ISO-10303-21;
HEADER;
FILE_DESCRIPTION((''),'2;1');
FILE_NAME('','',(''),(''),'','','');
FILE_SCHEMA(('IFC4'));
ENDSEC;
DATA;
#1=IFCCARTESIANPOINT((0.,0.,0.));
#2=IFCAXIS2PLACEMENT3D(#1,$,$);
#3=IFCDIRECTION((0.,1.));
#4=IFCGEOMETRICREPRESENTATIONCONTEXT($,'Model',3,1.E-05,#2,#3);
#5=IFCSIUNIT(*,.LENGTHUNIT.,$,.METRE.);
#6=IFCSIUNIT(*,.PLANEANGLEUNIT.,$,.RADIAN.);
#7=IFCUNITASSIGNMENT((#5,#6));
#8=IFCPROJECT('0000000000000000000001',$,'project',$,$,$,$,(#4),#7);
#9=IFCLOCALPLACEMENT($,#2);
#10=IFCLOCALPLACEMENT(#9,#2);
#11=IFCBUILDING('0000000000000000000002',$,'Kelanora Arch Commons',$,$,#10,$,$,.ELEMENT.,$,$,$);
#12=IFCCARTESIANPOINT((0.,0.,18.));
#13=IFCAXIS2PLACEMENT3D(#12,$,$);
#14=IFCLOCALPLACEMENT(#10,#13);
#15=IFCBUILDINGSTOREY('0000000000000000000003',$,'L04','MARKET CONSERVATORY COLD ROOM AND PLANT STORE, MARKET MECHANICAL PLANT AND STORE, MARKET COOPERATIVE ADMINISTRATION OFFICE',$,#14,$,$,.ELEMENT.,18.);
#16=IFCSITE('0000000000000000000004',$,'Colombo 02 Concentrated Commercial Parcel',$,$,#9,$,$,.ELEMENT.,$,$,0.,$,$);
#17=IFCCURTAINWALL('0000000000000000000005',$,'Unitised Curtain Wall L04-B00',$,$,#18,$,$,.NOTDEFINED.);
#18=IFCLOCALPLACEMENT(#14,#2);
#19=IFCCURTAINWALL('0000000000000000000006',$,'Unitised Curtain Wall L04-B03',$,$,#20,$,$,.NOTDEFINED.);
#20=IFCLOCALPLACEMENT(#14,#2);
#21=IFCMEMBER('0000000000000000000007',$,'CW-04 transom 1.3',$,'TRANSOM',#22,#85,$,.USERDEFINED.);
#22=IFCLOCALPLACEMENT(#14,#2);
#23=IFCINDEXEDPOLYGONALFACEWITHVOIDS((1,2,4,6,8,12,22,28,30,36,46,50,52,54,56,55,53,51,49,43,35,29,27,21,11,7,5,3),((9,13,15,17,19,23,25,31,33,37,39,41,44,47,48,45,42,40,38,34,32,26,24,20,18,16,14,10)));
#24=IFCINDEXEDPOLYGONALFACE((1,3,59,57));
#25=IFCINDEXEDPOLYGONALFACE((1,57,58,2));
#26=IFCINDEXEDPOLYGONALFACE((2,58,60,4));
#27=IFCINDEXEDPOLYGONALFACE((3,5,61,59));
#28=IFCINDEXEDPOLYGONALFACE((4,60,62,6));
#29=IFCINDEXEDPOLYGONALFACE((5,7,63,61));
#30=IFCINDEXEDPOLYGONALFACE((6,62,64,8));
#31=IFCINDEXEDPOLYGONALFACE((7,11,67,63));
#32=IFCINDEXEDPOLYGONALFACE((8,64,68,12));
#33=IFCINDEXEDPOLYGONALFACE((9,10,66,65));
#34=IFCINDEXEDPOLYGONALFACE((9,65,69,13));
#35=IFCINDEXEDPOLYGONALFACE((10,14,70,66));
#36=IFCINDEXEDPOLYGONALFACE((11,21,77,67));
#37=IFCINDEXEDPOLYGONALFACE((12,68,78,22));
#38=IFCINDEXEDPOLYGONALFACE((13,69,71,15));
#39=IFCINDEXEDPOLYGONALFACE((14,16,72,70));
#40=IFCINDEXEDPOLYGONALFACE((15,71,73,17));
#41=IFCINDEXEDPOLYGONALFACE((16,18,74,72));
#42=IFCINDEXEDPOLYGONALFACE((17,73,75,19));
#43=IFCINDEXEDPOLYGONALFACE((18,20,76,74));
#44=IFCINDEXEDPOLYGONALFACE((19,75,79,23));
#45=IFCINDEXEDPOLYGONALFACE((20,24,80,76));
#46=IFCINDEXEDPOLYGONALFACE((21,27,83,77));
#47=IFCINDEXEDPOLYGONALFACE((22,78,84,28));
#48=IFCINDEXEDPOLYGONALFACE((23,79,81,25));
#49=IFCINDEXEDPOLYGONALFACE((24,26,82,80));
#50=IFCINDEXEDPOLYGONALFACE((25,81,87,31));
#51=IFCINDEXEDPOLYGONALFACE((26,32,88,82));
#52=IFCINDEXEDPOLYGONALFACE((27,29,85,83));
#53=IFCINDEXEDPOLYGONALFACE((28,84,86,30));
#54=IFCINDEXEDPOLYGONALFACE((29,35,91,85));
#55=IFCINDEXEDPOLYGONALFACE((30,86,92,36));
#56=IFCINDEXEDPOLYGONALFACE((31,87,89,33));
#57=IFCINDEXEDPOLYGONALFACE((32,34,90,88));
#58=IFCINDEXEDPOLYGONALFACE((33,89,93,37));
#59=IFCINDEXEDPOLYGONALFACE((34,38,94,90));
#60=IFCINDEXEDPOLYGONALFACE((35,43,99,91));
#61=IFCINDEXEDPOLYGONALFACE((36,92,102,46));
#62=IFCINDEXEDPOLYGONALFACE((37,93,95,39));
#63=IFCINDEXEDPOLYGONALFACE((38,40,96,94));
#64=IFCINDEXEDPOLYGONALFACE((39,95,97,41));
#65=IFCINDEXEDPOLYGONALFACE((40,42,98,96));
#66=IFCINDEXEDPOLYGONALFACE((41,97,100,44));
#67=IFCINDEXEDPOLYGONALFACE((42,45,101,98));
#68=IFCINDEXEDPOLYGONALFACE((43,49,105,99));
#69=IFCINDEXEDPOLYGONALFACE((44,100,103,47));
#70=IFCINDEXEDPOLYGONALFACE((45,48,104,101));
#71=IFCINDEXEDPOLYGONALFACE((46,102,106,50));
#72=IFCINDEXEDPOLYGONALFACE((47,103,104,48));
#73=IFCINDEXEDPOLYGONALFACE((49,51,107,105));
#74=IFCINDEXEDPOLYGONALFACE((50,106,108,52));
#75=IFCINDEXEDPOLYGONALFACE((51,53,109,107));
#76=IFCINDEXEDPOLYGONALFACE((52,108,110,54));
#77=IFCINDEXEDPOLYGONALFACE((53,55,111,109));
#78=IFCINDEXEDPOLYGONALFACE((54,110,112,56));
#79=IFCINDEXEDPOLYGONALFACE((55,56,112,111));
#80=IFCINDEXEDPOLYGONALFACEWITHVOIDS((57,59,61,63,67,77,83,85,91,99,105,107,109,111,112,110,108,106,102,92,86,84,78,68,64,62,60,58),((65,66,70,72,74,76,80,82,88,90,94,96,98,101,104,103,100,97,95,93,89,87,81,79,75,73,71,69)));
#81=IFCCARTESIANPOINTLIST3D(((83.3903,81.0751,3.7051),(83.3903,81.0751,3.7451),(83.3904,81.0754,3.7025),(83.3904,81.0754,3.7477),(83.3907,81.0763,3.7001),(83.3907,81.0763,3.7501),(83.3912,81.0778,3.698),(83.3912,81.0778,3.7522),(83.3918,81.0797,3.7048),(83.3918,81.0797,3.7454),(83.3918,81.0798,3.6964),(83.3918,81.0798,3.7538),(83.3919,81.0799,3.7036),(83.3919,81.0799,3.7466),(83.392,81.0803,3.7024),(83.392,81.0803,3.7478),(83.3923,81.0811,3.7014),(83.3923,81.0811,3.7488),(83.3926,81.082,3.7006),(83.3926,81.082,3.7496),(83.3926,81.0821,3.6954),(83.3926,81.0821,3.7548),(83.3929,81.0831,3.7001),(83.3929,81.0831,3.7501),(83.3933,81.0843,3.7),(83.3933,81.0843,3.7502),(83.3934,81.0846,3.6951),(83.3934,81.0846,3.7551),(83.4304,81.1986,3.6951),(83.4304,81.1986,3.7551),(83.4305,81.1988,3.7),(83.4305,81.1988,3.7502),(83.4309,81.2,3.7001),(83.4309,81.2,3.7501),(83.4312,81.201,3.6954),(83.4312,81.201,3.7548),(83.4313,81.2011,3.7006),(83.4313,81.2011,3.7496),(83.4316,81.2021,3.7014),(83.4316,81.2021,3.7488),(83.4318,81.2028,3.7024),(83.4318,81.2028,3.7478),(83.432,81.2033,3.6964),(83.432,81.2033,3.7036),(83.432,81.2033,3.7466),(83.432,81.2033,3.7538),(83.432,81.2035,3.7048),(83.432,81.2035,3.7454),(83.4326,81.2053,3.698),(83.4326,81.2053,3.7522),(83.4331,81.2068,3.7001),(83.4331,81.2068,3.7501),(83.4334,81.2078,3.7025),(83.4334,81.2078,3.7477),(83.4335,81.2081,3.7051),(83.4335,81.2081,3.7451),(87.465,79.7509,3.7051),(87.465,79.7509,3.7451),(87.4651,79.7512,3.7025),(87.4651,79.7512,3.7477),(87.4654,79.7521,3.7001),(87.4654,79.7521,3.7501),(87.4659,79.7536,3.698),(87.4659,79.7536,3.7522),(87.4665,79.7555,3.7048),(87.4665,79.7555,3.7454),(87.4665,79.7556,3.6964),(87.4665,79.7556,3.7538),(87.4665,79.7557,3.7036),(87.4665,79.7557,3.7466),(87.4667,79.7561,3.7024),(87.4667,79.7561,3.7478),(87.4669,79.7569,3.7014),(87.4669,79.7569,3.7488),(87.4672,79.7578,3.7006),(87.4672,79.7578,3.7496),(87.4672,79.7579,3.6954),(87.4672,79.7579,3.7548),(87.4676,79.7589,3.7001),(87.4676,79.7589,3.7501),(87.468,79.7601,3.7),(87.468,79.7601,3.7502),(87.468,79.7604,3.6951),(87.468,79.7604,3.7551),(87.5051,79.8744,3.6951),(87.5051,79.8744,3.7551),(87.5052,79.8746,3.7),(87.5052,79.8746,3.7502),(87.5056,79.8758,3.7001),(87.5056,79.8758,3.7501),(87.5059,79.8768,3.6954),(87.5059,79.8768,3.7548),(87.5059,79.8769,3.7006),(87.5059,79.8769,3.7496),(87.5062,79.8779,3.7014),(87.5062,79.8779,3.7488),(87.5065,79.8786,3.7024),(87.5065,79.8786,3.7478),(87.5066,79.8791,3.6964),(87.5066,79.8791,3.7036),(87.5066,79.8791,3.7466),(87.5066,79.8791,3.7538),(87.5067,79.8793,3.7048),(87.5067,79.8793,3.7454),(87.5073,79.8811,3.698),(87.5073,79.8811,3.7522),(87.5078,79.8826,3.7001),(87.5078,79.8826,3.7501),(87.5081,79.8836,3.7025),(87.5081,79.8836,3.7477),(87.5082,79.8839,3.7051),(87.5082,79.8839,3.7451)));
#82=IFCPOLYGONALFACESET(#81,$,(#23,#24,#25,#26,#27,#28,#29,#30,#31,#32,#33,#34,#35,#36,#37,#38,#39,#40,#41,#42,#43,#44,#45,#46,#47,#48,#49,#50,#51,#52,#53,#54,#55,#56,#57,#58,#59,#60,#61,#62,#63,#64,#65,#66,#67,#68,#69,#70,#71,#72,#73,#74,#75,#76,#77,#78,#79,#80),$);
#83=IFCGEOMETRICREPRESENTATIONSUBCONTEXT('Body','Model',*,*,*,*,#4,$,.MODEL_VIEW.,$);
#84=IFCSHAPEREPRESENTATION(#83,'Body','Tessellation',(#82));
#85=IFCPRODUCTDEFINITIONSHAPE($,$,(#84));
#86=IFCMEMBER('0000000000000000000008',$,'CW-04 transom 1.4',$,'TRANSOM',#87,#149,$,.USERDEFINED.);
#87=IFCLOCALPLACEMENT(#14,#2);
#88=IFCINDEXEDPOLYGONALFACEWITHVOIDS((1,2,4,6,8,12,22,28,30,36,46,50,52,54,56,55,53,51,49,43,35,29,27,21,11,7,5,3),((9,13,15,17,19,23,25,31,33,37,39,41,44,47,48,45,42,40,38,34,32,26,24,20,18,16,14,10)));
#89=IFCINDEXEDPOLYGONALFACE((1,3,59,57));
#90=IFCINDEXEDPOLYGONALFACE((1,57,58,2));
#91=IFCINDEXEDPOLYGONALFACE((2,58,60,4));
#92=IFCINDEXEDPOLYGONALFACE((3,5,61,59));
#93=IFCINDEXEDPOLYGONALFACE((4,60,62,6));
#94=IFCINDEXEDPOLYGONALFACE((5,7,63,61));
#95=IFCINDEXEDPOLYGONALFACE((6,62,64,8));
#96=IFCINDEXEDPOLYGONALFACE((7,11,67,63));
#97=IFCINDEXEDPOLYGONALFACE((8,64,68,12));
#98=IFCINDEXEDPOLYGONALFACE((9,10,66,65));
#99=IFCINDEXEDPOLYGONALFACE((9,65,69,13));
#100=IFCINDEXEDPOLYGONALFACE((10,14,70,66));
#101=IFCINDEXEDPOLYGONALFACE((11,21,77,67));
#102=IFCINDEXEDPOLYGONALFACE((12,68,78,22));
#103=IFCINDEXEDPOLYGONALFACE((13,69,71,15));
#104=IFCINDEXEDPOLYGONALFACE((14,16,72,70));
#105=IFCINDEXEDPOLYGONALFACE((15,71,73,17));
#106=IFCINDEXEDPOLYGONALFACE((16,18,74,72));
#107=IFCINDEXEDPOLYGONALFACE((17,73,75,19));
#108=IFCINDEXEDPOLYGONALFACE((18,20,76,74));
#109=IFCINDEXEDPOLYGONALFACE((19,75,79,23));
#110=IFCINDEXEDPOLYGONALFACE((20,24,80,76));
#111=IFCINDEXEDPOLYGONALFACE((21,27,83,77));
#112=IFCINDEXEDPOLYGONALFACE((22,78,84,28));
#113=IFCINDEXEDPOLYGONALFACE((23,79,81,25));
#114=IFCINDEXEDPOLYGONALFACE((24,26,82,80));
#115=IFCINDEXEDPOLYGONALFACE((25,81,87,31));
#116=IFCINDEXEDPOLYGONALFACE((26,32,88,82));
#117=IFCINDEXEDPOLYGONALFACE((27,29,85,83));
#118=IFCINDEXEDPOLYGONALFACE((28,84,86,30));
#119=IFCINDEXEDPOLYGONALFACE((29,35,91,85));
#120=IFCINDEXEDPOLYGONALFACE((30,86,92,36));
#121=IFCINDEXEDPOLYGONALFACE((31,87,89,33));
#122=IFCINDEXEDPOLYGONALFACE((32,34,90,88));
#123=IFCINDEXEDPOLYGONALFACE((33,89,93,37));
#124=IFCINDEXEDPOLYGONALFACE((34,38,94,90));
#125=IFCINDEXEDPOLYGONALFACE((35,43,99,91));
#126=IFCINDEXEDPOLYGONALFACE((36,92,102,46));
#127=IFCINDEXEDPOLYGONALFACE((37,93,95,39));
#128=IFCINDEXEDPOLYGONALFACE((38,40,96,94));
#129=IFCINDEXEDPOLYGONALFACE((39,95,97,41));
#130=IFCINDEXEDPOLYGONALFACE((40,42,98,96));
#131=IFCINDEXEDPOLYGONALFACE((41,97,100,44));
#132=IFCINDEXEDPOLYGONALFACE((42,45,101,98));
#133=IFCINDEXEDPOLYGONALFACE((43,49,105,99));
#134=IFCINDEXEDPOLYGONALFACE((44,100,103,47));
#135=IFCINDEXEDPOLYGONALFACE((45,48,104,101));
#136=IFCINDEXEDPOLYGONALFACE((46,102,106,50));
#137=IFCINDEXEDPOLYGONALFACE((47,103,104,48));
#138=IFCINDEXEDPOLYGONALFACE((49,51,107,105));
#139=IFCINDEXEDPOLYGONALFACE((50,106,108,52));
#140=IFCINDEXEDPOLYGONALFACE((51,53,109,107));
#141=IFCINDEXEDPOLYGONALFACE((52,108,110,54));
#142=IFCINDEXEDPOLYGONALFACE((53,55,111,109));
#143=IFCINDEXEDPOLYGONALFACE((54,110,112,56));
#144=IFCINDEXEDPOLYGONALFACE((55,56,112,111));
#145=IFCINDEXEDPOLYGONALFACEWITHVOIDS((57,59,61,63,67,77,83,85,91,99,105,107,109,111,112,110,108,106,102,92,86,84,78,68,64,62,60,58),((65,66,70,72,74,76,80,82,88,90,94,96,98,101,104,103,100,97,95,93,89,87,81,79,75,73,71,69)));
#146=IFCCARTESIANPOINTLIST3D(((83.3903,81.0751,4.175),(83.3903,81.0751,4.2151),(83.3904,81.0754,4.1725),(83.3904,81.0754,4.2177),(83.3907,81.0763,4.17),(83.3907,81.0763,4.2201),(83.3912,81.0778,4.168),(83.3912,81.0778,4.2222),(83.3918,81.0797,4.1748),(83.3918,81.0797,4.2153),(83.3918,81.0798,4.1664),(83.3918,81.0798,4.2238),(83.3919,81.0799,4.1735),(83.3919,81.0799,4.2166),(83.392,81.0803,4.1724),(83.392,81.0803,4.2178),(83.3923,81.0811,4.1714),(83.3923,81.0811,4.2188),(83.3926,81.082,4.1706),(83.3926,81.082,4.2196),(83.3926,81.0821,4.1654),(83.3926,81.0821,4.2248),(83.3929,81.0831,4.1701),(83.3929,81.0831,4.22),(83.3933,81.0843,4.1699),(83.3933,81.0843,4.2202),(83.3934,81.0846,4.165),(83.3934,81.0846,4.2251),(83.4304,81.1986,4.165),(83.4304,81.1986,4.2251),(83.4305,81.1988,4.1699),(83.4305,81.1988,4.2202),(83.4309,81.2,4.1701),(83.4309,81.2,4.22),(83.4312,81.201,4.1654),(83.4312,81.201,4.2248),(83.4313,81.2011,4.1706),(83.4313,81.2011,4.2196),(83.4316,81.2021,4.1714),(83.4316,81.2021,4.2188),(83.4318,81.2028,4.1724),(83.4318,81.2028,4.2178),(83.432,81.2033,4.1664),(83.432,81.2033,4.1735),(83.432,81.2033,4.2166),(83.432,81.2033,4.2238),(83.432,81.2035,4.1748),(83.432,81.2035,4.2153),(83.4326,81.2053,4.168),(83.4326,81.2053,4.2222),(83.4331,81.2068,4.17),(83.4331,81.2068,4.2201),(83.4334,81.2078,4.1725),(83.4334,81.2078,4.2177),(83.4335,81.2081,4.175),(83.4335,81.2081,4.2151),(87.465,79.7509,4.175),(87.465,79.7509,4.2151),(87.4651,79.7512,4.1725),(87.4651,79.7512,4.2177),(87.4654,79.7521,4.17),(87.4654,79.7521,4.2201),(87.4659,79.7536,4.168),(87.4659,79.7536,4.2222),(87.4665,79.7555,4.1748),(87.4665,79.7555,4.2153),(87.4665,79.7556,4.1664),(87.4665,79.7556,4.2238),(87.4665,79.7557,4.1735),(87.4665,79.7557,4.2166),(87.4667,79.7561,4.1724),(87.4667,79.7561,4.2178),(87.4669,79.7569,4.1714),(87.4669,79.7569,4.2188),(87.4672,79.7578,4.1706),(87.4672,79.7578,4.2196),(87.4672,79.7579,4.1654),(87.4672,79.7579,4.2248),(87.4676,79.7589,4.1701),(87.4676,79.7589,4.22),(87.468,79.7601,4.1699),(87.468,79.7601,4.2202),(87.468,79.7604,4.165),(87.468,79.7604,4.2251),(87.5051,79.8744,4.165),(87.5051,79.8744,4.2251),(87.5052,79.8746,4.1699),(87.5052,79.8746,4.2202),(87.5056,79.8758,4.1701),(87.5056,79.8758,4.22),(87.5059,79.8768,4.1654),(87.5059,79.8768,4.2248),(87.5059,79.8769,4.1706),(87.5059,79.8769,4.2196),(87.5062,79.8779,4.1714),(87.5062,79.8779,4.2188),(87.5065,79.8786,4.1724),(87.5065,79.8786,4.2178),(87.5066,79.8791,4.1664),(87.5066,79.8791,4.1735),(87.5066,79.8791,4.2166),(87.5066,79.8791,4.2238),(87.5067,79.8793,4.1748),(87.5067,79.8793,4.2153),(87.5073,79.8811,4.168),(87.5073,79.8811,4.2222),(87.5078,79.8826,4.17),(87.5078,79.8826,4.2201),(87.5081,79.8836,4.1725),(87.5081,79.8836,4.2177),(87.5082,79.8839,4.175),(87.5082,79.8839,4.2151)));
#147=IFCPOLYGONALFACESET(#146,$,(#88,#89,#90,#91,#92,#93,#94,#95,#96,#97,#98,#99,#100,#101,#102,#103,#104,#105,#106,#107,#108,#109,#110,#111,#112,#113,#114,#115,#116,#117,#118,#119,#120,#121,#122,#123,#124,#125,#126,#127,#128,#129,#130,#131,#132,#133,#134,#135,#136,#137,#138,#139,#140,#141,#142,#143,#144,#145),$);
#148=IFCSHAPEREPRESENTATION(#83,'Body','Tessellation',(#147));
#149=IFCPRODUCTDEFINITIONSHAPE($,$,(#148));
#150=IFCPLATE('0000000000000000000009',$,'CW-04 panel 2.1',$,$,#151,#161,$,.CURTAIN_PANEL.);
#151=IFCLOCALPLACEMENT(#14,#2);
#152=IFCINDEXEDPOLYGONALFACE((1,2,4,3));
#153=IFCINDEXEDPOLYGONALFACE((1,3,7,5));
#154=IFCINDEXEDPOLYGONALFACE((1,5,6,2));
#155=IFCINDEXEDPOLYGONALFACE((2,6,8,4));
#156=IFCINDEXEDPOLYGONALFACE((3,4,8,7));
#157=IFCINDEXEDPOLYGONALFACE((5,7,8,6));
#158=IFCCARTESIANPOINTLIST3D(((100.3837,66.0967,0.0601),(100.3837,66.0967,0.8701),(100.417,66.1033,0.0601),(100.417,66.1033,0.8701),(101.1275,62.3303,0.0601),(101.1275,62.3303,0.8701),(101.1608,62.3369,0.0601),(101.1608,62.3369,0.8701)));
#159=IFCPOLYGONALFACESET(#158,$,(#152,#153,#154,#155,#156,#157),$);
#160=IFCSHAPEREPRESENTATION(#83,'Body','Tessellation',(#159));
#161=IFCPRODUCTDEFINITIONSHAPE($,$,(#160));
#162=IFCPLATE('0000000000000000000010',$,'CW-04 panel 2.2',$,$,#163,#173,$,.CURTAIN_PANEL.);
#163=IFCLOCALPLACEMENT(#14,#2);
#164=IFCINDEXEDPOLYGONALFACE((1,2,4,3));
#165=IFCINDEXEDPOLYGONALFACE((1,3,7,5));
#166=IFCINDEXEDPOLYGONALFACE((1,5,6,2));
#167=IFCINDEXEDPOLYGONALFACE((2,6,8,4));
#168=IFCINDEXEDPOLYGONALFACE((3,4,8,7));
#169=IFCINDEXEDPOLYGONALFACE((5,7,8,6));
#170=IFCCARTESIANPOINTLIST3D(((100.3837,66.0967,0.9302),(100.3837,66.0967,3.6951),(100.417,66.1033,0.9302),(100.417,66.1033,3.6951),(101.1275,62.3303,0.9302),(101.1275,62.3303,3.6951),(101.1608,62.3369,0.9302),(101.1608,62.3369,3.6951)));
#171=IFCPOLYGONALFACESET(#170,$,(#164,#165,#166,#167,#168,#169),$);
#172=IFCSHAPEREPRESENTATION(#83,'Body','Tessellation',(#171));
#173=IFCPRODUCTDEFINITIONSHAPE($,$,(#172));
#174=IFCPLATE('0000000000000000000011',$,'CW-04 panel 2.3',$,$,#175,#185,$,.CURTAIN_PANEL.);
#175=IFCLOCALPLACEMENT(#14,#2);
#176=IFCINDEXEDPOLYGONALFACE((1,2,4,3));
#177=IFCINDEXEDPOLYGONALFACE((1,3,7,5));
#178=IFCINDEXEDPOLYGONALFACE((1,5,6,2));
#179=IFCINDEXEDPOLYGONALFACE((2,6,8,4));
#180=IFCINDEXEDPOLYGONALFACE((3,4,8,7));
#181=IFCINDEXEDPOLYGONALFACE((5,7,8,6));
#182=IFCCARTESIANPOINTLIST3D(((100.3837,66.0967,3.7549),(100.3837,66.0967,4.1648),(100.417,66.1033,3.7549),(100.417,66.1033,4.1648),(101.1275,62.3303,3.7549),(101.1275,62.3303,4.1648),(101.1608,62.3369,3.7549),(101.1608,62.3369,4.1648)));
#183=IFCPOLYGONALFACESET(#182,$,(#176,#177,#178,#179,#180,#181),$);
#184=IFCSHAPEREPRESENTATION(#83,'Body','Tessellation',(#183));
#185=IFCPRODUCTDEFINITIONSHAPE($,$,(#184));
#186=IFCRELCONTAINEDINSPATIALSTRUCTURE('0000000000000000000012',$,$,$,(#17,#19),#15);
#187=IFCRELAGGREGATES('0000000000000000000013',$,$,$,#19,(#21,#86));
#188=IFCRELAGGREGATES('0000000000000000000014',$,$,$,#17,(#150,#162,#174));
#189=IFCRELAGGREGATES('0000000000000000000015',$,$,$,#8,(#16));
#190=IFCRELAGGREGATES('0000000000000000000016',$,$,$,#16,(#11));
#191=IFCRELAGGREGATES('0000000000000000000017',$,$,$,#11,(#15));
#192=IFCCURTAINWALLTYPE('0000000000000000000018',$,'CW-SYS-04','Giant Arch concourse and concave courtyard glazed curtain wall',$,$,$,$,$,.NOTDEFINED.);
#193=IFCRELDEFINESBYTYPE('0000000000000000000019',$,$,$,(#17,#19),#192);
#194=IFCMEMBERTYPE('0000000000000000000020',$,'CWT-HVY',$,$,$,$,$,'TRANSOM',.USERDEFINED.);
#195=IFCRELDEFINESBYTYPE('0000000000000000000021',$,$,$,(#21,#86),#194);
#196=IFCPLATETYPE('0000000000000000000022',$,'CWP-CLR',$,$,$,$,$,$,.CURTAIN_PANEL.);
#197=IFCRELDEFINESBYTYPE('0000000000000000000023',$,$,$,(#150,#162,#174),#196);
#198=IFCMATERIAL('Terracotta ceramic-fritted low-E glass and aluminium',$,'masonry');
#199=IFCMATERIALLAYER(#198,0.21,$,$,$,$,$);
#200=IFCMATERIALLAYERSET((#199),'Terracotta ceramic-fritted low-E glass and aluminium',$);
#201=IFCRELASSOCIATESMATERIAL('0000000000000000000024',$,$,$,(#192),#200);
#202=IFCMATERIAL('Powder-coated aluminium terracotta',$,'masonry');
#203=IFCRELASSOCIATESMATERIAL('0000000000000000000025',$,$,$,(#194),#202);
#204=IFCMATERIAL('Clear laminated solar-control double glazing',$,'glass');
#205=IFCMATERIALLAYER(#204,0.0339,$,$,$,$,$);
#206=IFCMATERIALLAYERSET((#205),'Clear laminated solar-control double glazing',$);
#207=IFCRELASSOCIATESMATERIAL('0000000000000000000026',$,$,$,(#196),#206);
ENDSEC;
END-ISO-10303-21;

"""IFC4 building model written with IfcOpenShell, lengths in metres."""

from ifc_helpers import new_model, si_unit, direction, frame, origin, origin_2d, place, context, subcontext, project, spatial, rectangle, hollow_rectangle, extrude, source, transform, mapped, material, layer, layer_set, material_profile, profile_set, type_object, element, aggregate, save


model = new_model("IFC4")

# Units and contexts
model_context = context("Model", 3, precision=1e-05, world=origin(), true_north=direction((0.0, 1.0)))
body_context = subcontext(model_context, "Body", "Model", "MODEL_VIEW")
ifc_project = project(units=[si_unit("LENGTHUNIT", "METRE"), si_unit("PLANEANGLEUNIT", "RADIAN")], contexts=[model_context])

# Site, building, storey
site_placement = place(None, origin())
site = spatial("IfcSite", under=ifc_project, at=site_placement, Name="Colombo 02 Concentrated Commercial Parcel", CompositionType="ELEMENT", RefElevation=0.0)
building_placement = place(site_placement, origin())
building = spatial("IfcBuilding", under=site, at=building_placement, Name="Kelanora Arch Commons", CompositionType="ELEMENT")
storey_placement = place(building_placement, frame((0.0, 0.0, 18.0)))
storey = spatial("IfcBuildingStorey", under=building, at=storey_placement, Name="L04", Description="MARKET CONSERVATORY COLD ROOM AND PLANT STORE, MARKET MECHANICAL PLANT AND STORE, MARKET COOPERATIVE ADMINISTRATION OFFICE", CompositionType="ELEMENT", Elevation=18.0)

# Curtain wall
ifc_material_1 = material(Name="Terracotta ceramic-fritted low-E glass and aluminium", Category="masonry")
ifc_layer_1 = layer(ifc_material_1, 0.21)
ifc_layer_set_1 = layer_set([ifc_layer_1], Name="Terracotta ceramic-fritted low-E glass and aluminium")
curtain_wall_type = type_object("IfcCurtainWallType", Name="CW-SYS-04", Description="Giant Arch concourse and concave courtyard glazed curtain wall", PredefinedType="NOTDEFINED", material=ifc_layer_set_1)
curtain_wall_1_placement = place(storey_placement, origin())
curtain_wall_1 = element("IfcCurtainWall", 1, at=curtain_wall_1_placement, inside=storey, type_object=curtain_wall_type, Name="Unitised Curtain Wall L04-B00", PredefinedType="NOTDEFINED")
ifc_material_2 = material(Name="Powder-coated aluminium terracotta", Category="masonry")

# Curtain wall, members
curtain_wall_2_placement = place(storey_placement, origin())
curtain_wall_2 = element("IfcCurtainWall", 2, at=curtain_wall_2_placement, inside=storey, type_object=curtain_wall_type, Name="Unitised Curtain Wall L04-B03", PredefinedType="NOTDEFINED")
ifc_material_profile_1 = material_profile(ifc_material_2, hollow_rectangle(XDim=0.1399, YDim=0.0601, WallThickness=0.0049, InnerFilletRadius=0.0049, OuterFilletRadius=0.01, at=origin_2d()), Name="CWT140x60")
ifc_profile_set_1 = profile_set([ifc_material_profile_1], Name="Powder-coated aluminium terracotta")
member_type_1 = type_object("IfcMemberType", Name="CWT-HVY", ElementType="TRANSOM", PredefinedType="USERDEFINED", material=ifc_profile_set_1)
member_1_placement = place(storey_placement, frame((87.4866, 79.8174, 3.7251), z_axis=(-0.951038, 0.309073, 0.0), x_axis=(-0.309073, -0.951038, 0.0)))
member_1 = element("IfcMember", 3, at=member_1_placement, type_object=member_type_1, Name="CW-04 transom 1.3", ObjectType="TRANSOM", PredefinedType="USERDEFINED", context=body_context, shape_type="SweptSolid", body=[
    extrude(hollow_rectangle(XDim=0.1399, YDim=0.0601, WallThickness=0.0049, InnerFilletRadius=0.0049, OuterFilletRadius=0.01, at=origin_2d()), origin(), (0.0, 0.0, 1.0), 4.2844),
])
member_2_placement = place(storey_placement, frame((87.4866, 79.8174, 4.1951), z_axis=(-0.951038, 0.309073, 0.0), x_axis=(-0.309073, -0.951038, 0.0)))
member_2 = element("IfcMember", 4, at=member_2_placement, type_object=member_type_1, Name="CW-04 transom 1.4", ObjectType="TRANSOM", PredefinedType="USERDEFINED", context=body_context, shape_type="SweptSolid", body=[
    extrude(hollow_rectangle(XDim=0.1399, YDim=0.0601, WallThickness=0.0049, InnerFilletRadius=0.0049, OuterFilletRadius=0.01, at=origin_2d()), origin(), (0.0, 0.0, 1.0), 4.2844),
])
aggregate(curtain_wall_2, [member_1, member_2])

# Plates
ifc_material_3 = material(Name="Clear laminated solar-control double glazing", Category="glass")
ifc_layer_2 = layer(ifc_material_3, 0.0339)
ifc_layer_set_2 = layer_set([ifc_layer_2], Name="Clear laminated solar-control double glazing")
plate_type = type_object("IfcPlateType", Name="CWP-CLR", PredefinedType="CURTAIN_PANEL", material=ifc_layer_set_2)
shared_shape_1 = source(origin(), body_context, "Body", "SweptSolid", [
    extrude(rectangle(XDim=3.8391, YDim=0.0339, at=origin_2d()), origin(), (0.0, 0.0, 1.0), 0.8101),
])
plate_1_placement = place(storey_placement, frame((100.7722, 64.2168, 0.0601), z_axis=(0.0, 0.0, 1.0), x_axis=(-0.193737, 0.981054, 0.0)))
plate_1 = element("IfcPlate", 5, at=plate_1_placement, type_object=plate_type, Name="CW-04 panel 2.1", PredefinedType="CURTAIN_PANEL", context=body_context, shape_type="MappedRepresentation", body=[
    mapped(shared_shape_1, transform((0.0, 0.0, 0.0), scale=1.0)),
])
shared_shape_2 = source(origin(), body_context, "Body", "SweptSolid", [
    extrude(rectangle(XDim=3.8391, YDim=0.0339, at=origin_2d()), origin(), (0.0, 0.0, 1.0), 2.7649),
])
plate_2_placement = place(storey_placement, frame((100.7722, 64.2168, 0.9302), z_axis=(0.0, 0.0, 1.0), x_axis=(-0.193737, 0.981054, 0.0)))
plate_2 = element("IfcPlate", 6, at=plate_2_placement, type_object=plate_type, Name="CW-04 panel 2.2", PredefinedType="CURTAIN_PANEL", context=body_context, shape_type="MappedRepresentation", body=[
    mapped(shared_shape_2, transform((0.0, 0.0, 0.0), scale=1.0)),
])
shared_shape_3 = source(origin(), body_context, "Body", "SweptSolid", [
    extrude(rectangle(XDim=3.8391, YDim=0.0339, at=origin_2d()), origin(), (0.0, 0.0, 1.0), 0.4099),
])
plate_3_placement = place(storey_placement, frame((100.7722, 64.2168, 3.7549), z_axis=(0.0, 0.0, 1.0), x_axis=(-0.193737, 0.981054, 0.0)))
plate_3 = element("IfcPlate", 7, at=plate_3_placement, type_object=plate_type, Name="CW-04 panel 2.3", PredefinedType="CURTAIN_PANEL", context=body_context, shape_type="MappedRepresentation", body=[
    mapped(shared_shape_3, transform((0.0, 0.0, 0.0), scale=1.0)),
])
aggregate(curtain_wall_1, [plate_1, plate_2, plate_3])

save(model, "model.ifc")
